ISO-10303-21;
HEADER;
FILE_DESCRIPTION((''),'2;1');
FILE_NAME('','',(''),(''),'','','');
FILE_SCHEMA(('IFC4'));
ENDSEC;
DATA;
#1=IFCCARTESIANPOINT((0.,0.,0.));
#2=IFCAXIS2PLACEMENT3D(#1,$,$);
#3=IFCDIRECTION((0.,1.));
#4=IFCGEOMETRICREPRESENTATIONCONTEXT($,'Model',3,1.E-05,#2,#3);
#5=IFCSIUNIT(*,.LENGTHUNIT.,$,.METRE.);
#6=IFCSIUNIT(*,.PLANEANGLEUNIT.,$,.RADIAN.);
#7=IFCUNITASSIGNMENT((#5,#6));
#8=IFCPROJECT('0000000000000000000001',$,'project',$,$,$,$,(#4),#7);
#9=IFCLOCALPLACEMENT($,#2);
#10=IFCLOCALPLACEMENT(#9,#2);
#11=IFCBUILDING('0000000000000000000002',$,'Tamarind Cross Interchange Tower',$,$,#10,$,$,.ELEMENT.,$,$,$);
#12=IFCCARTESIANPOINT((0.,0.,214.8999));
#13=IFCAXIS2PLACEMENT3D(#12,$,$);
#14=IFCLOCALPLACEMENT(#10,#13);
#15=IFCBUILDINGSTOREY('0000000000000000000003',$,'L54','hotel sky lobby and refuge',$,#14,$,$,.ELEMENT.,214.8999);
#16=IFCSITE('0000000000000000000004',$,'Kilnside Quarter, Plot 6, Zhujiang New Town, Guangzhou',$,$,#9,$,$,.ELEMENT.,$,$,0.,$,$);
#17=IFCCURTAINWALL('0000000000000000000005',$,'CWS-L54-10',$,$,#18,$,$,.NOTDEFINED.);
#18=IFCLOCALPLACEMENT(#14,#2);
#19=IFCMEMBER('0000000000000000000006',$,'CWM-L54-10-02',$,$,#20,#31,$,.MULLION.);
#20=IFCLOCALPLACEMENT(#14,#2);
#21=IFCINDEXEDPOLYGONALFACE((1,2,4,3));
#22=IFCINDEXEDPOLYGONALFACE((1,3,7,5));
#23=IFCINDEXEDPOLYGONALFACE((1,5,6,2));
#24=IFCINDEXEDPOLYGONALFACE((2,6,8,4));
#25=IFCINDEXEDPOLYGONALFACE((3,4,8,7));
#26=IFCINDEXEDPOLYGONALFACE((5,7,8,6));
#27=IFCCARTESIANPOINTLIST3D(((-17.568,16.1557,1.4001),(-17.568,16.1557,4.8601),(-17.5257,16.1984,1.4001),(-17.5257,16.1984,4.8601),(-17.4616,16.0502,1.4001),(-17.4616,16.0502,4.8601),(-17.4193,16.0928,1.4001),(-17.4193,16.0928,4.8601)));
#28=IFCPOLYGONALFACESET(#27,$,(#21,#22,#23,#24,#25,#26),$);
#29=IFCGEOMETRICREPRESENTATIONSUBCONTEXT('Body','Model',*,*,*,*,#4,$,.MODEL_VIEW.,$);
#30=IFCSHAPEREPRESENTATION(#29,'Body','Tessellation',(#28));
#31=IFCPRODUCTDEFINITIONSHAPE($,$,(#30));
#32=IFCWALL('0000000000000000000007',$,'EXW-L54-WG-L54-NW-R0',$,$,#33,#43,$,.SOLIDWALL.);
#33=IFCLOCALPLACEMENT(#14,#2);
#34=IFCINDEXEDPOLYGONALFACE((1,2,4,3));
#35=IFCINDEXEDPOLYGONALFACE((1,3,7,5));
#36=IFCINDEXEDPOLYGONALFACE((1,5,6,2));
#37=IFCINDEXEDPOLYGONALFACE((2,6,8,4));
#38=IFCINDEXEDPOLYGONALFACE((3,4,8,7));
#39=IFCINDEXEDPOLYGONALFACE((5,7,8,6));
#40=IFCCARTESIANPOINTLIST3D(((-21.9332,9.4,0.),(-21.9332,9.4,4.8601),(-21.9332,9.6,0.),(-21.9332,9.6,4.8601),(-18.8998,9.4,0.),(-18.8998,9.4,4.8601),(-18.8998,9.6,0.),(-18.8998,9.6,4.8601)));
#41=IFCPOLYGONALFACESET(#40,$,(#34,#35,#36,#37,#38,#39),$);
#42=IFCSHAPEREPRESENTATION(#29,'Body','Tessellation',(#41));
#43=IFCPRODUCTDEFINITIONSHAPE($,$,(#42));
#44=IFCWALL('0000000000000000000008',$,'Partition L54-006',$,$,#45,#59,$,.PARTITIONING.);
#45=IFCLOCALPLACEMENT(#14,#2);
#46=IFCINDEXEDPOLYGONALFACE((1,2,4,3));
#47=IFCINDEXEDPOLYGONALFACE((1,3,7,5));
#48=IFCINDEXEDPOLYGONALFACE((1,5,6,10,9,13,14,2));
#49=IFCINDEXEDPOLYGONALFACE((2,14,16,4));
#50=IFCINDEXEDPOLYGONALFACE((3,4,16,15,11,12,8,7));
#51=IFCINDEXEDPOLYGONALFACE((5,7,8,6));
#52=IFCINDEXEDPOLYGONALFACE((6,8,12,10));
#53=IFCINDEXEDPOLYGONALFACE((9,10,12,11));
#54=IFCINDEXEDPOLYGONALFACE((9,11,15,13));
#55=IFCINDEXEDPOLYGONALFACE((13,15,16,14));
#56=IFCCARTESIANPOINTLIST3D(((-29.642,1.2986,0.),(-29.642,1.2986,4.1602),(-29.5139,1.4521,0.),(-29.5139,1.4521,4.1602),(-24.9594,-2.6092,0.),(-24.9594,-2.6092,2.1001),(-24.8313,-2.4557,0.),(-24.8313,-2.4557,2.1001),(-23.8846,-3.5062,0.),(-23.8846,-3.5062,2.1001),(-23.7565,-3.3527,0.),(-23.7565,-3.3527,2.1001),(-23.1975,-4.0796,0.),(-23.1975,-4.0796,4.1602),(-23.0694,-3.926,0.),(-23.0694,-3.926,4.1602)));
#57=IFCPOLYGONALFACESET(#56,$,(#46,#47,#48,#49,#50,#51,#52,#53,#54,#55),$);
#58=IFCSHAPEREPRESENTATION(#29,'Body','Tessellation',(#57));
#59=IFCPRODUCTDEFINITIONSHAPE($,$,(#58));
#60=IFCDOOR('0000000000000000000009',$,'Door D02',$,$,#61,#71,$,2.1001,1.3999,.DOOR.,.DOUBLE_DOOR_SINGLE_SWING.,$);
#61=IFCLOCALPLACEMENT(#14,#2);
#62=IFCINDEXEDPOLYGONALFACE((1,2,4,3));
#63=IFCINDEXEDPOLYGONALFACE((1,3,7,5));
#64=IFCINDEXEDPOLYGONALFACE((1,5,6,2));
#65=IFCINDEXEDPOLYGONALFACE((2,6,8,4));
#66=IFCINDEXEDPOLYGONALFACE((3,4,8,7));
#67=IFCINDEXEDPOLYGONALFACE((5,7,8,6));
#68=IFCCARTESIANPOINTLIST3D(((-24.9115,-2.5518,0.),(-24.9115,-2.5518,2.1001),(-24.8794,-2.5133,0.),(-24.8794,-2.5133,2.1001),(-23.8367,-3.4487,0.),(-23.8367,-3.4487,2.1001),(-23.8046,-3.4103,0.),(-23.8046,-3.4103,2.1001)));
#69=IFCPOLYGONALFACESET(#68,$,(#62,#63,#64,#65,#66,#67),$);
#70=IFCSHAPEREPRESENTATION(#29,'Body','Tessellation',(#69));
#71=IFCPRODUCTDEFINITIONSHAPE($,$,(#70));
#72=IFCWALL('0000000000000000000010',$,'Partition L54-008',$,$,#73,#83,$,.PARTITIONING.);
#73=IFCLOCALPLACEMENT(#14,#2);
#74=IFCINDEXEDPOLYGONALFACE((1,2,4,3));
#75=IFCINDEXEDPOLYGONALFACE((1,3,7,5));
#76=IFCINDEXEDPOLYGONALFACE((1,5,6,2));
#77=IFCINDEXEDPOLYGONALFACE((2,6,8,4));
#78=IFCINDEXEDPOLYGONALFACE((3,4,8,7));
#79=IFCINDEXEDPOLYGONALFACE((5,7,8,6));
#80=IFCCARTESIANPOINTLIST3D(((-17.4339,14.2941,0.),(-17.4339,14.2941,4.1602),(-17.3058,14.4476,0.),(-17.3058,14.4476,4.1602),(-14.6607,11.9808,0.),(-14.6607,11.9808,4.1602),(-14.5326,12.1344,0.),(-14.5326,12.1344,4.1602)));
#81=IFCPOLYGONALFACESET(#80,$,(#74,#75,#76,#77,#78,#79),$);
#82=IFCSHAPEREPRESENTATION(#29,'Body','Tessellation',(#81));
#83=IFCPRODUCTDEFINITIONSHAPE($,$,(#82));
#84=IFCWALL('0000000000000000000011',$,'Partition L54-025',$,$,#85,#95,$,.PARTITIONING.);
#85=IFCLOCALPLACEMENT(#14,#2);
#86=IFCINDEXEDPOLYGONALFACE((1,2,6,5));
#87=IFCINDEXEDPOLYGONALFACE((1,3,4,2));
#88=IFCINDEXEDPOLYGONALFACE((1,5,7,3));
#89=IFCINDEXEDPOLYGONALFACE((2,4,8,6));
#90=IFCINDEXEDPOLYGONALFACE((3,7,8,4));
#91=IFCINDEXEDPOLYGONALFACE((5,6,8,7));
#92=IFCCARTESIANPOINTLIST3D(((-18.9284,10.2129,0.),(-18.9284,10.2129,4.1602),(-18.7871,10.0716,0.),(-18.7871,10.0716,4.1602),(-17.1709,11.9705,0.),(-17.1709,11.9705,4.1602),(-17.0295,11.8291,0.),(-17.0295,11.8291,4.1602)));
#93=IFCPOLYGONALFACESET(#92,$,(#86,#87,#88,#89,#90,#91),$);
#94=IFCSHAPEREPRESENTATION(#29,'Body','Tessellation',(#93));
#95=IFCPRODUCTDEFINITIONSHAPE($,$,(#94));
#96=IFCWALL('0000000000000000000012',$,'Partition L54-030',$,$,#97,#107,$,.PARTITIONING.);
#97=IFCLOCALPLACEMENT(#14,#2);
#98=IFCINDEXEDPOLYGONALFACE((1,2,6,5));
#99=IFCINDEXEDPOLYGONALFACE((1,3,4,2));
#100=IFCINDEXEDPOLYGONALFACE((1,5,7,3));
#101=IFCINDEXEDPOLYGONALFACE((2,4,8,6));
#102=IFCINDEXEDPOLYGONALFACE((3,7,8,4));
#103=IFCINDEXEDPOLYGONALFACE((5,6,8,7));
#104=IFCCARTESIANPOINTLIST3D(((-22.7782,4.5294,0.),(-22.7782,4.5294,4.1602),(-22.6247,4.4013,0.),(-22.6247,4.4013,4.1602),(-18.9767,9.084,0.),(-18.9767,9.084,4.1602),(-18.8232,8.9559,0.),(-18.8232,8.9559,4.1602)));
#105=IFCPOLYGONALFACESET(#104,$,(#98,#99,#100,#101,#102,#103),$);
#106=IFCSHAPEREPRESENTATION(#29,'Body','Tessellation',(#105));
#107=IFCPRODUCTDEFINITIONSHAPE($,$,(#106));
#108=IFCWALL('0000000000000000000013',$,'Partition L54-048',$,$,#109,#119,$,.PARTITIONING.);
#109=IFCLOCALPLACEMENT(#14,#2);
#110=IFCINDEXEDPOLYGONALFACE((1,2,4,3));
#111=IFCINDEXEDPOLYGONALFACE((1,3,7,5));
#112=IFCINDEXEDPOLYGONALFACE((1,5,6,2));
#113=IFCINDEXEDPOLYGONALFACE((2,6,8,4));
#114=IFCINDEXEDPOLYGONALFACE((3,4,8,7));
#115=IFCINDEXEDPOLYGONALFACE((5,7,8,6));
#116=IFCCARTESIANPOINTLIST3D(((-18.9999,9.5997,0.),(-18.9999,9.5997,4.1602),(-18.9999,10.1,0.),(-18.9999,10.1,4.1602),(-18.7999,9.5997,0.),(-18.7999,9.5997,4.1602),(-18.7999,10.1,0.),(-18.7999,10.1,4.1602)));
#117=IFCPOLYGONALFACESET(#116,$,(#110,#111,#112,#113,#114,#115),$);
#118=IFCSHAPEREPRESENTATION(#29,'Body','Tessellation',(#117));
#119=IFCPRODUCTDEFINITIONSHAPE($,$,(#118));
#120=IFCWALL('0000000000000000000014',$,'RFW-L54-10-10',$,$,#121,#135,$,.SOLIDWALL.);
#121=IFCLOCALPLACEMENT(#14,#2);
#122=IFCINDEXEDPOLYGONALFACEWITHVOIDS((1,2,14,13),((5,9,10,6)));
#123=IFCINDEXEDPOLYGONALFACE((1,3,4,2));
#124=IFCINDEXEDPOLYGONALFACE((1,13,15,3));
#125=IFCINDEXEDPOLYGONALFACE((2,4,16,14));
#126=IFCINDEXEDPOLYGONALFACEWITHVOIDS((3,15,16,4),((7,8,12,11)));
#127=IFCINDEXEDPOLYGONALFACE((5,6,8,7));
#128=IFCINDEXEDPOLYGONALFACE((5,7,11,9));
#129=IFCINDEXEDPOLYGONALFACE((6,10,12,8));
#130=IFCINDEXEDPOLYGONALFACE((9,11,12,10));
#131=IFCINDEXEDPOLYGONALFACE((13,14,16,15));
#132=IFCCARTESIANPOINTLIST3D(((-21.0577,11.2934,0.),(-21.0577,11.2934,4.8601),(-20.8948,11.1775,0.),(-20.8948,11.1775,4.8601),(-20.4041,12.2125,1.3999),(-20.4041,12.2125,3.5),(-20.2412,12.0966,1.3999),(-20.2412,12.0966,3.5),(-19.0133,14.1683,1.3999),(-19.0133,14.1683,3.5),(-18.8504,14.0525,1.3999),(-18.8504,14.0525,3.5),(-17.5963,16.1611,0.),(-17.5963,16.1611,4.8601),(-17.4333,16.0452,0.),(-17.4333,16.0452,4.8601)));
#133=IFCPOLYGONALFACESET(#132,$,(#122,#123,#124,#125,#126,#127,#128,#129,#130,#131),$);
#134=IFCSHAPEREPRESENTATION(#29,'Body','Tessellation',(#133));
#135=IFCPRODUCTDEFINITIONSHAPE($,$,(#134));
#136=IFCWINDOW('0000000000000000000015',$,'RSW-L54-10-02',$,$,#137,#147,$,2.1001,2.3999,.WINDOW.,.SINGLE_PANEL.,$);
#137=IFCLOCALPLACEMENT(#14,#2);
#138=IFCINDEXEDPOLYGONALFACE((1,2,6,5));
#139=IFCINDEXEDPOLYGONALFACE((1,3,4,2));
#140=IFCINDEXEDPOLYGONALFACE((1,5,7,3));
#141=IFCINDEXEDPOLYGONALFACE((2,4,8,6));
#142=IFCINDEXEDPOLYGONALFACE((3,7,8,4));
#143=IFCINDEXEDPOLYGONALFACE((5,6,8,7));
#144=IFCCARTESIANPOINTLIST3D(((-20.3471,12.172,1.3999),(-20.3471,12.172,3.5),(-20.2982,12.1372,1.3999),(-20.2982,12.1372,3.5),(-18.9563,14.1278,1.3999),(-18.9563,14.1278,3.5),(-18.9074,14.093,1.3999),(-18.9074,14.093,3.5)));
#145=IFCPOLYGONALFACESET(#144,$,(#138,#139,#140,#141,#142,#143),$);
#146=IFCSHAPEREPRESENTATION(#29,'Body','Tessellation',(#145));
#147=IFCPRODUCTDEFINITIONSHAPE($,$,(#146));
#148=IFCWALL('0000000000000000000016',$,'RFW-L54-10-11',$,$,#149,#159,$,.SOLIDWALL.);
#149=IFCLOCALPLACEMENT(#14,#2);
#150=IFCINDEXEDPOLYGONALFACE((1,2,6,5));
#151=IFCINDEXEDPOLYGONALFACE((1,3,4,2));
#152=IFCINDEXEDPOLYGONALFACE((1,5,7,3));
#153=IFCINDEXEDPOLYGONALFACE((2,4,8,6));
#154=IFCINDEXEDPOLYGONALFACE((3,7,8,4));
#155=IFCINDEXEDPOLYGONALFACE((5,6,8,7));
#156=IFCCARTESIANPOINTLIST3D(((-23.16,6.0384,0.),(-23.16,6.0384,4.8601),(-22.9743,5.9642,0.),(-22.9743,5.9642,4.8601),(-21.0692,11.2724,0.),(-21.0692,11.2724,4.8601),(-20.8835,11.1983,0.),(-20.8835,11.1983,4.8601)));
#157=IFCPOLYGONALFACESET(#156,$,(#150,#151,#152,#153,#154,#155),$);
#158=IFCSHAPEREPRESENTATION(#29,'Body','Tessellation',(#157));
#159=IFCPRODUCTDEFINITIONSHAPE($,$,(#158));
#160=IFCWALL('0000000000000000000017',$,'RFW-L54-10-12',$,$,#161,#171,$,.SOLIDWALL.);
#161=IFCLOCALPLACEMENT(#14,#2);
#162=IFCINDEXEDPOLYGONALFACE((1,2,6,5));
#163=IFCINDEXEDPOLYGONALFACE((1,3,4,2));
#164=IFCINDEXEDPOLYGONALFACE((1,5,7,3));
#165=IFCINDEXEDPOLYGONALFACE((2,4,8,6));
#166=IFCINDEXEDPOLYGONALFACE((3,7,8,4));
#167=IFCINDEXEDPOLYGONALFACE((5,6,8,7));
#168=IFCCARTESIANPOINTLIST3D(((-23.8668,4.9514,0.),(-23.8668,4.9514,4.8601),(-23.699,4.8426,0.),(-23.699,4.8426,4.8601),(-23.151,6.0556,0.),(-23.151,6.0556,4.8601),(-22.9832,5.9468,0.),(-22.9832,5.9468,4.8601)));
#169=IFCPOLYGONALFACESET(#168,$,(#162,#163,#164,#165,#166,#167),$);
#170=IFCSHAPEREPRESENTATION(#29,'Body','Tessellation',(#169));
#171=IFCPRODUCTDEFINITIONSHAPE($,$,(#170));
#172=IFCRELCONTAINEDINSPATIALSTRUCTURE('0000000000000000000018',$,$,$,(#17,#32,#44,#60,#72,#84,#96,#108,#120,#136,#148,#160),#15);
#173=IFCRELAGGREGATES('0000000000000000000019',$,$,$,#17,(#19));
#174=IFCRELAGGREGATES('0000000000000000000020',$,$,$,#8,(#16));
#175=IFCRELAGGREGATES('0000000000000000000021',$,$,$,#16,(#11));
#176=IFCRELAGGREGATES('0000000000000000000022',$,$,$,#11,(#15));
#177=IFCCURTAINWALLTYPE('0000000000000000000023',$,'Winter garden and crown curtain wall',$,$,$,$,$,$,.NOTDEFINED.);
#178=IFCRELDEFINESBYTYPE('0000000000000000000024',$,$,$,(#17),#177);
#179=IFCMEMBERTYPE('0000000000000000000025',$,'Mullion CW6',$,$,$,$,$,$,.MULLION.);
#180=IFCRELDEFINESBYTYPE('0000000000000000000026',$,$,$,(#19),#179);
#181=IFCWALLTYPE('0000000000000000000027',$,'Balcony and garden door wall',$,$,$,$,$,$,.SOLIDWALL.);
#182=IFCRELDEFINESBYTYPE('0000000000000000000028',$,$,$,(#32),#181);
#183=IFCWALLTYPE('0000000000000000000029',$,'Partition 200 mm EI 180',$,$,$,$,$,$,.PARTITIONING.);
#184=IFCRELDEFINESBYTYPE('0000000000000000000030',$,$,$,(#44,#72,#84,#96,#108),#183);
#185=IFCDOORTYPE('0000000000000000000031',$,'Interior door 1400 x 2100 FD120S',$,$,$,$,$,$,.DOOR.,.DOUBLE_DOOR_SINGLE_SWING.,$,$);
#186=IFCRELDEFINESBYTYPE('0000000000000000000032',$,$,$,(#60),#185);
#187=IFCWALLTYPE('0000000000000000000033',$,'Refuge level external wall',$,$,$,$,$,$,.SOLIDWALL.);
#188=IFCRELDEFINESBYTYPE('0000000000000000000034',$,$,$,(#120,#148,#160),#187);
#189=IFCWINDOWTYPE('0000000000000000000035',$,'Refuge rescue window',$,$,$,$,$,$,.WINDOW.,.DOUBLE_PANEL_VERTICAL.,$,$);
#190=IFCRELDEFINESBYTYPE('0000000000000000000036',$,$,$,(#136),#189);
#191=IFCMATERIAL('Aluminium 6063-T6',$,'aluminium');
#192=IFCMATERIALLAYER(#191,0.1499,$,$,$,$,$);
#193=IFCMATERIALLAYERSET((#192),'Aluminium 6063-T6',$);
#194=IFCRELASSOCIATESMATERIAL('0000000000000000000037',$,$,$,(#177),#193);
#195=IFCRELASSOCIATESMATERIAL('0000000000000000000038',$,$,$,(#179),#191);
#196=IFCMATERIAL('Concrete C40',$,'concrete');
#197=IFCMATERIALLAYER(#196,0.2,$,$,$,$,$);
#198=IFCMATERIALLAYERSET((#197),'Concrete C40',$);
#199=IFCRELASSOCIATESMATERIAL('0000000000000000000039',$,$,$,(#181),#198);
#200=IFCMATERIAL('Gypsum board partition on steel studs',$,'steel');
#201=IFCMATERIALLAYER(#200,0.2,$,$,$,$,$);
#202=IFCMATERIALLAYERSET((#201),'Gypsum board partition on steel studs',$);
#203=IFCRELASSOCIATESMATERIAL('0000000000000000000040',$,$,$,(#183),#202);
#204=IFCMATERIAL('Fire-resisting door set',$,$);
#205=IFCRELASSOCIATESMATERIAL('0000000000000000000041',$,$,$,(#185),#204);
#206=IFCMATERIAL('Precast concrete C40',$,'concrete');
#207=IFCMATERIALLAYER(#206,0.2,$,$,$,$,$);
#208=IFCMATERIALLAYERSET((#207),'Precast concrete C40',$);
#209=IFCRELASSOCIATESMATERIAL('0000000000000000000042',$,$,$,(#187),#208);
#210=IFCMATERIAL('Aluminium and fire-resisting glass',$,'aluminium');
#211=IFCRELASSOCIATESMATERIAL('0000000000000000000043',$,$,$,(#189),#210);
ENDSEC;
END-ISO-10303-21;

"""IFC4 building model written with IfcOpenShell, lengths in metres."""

from ifc_helpers import new_model, si_unit, direction, frame, frame_2d, origin, origin_2d, place, context, subcontext, project, spatial, rectangle, extrude, material, layer, layer_set, material_profile, profile_set, type_object, element, fill, aggregate, save


model = new_model("IFC4")

# Units and contexts
model_context = context("Model", 3, precision=1e-05, world=origin(), true_north=direction((0.0, 1.0)))
body_context = subcontext(model_context, "Body", "Model", "MODEL_VIEW")
ifc_project = project(units=[si_unit("LENGTHUNIT", "METRE"), si_unit("PLANEANGLEUNIT", "RADIAN")], contexts=[model_context])

# Site, building, storey
site_placement = place(None, origin())
site = spatial("IfcSite", under=ifc_project, at=site_placement, Name="Kilnside Quarter, Plot 6, Zhujiang New Town, Guangzhou", CompositionType="ELEMENT", RefElevation=0.0)
building_placement = place(site_placement, origin())
building = spatial("IfcBuilding", under=site, at=building_placement, Name="Tamarind Cross Interchange Tower", CompositionType="ELEMENT")
storey_placement = place(building_placement, frame((0.0, 0.0, 214.8999)))
storey = spatial("IfcBuildingStorey", under=building, at=storey_placement, Name="L54", Description="hotel sky lobby and refuge", CompositionType="ELEMENT", Elevation=214.8999)

# Curtain wall, member
ifc_material_1 = material(Name="Aluminium 6063-T6", Category="aluminium")
ifc_layer_1 = layer(ifc_material_1, 0.1499)
ifc_layer_set_1 = layer_set([ifc_layer_1], Name="Aluminium 6063-T6")
curtain_wall_type = type_object("IfcCurtainWallType", Name="Winter garden and crown curtain wall", PredefinedType="NOTDEFINED", material=ifc_layer_set_1)
curtain_wall_placement = place(storey_placement, origin())
curtain_wall = element("IfcCurtainWall", 1, at=curtain_wall_placement, inside=storey, type_object=curtain_wall_type, Name="CWS-L54-10", PredefinedType="NOTDEFINED")
ifc_material_profile_1 = material_profile(ifc_material_1, rectangle(XDim=0.0601, YDim=0.1499, at=origin_2d()), Name="Mullion CW6")
ifc_profile_set_1 = profile_set([ifc_material_profile_1], Name="Aluminium 6063-T6")
member_type = type_object("IfcMemberType", Name="Mullion CW6", PredefinedType="MULLION", material=ifc_profile_set_1)
member_placement = place(storey_placement, frame((-17.4937, 16.1243, 1.4001), z_axis=(0.0, 0.0, 1.0), x_axis=(-0.704057, -0.710143, 0.0)))
member = element("IfcMember", 2, at=member_placement, type_object=member_type, Name="CWM-L54-10-02", PredefinedType="MULLION", context=body_context, shape_type="SweptSolid", body=[
    extrude(rectangle(XDim=0.0601, YDim=0.1499, at=origin_2d()), origin(), (0.0, 0.0, 1.0), 3.46),
])
aggregate(curtain_wall, [member])

# Shared definitions
ifc_material_2 = material(Name="Concrete C40", Category="concrete")
ifc_layer_2 = layer(ifc_material_2, 0.2)
ifc_layer_set_2 = layer_set([ifc_layer_2], Name="Concrete C40")
wall_type_1 = type_object("IfcWallType", Name="Balcony and garden door wall", PredefinedType="SOLIDWALL", material=ifc_layer_set_2)

# Wall
wall_1_placement = place(storey_placement, frame((-18.8999, 9.5, 0.0), z_axis=(0.0, 0.0, 1.0), x_axis=(-1.0, 0.0, 0.0)))
element("IfcWall", 3, at=wall_1_placement, inside=storey, type_object=wall_type_1, Name="EXW-L54-WG-L54-NW-R0", PredefinedType="SOLIDWALL", context=body_context, shape_type="SweptSolid", body=[
    extrude(rectangle(XDim=3.0334, YDim=0.2, at=frame_2d((1.5166, 0.0))), origin(), (0.0, 0.0, 1.0), 4.8601),
])

# Wall, opening, door
ifc_material_3 = material(Name="Gypsum board partition on steel studs", Category="steel")
ifc_layer_3 = layer(ifc_material_3, 0.2)
ifc_layer_set_3 = layer_set([ifc_layer_3], Name="Gypsum board partition on steel studs")
wall_type_2 = type_object("IfcWallType", Name="Partition 200 mm EI 180", PredefinedType="PARTITIONING", material=ifc_layer_set_3)
wall_2_placement = place(storey_placement, frame((-29.5779, 1.3752, 0.0), z_axis=(0.0, 0.0, 1.0), x_axis=(0.767771, -0.640725, 0.0)))
wall_2 = element("IfcWall", 4, at=wall_2_placement, inside=storey, type_object=wall_type_2, Name="Partition L54-006", PredefinedType="PARTITIONING", context=body_context, shape_type="SweptSolid", body=[
    extrude(rectangle(XDim=8.3938, YDim=0.2, at=frame_2d((4.1968, 0.0))), origin(), (0.0, 0.0, 1.0), 4.1602),
])
opening_1_placement = place(wall_2_placement, frame((6.0989, 0.0, 0.0)))
opening_1 = element("IfcOpeningElement", 5, at=opening_1_placement, cuts=wall_2, PredefinedType="OPENING", context=body_context, shape_type="SweptSolid", body=[
    extrude(rectangle(XDim=1.3999, YDim=2.1001, at=frame_2d((0.7, 1.05))), frame((0.0, 0.1099, 0.0), z_axis=(0.0, -1.0, 0.0), x_axis=(1.0, 0.0, 0.0)), (0.0, 0.0, 1.0), 0.22),
])
ifc_material_4 = material(Name="Fire-resisting door set")
door_type_1 = type_object("IfcDoorType", Name="Interior door 1400 x 2100 FD120S", OperationType="DOUBLE_DOOR_SINGLE_SWING", PredefinedType="DOOR", material=ifc_material_4)
door_1_placement = place(opening_1_placement, origin())
door_1 = element("IfcDoor", 6, at=door_1_placement, inside=storey, type_object=door_type_1, Name="Door D02", OperationType="DOUBLE_DOOR_SINGLE_SWING", OverallHeight=2.1001, OverallWidth=1.3999, PredefinedType="DOOR", context=body_context, shape_type="SweptSolid", body=[
    extrude(rectangle(XDim=1.3999, YDim=2.1001, at=frame_2d((0.7, 1.05))), frame((0.0, 0.0249, 0.0), z_axis=(0.0, -1.0, 0.0), x_axis=(1.0, 0.0, 0.0)), (0.0, 0.0, 1.0), 0.05),
])
fill(opening_1, door_1)

# Walls
wall_3_placement = place(storey_placement, frame((-17.3699, 14.3708, 0.0), z_axis=(0.0, 0.0, 1.0), x_axis=(0.767916, -0.64055, 0.0)))
element("IfcWall", 7, at=wall_3_placement, inside=storey, type_object=wall_type_2, Name="Partition L54-008", PredefinedType="PARTITIONING", context=body_context, shape_type="SweptSolid", body=[
    extrude(rectangle(XDim=3.6113, YDim=0.2, at=frame_2d((1.8057, 0.0))), origin(), (0.0, 0.0, 1.0), 4.1602),
])
wall_4_placement = place(storey_placement, frame((-18.8577, 10.1423, 0.0), z_axis=(0.0, 0.0, 1.0), x_axis=(0.707107, 0.707107, 0.0)))
element("IfcWall", 8, at=wall_4_placement, inside=storey, type_object=wall_type_2, Name="Partition L54-025", PredefinedType="PARTITIONING", context=body_context, shape_type="SweptSolid", body=[
    extrude(rectangle(XDim=2.4856, YDim=0.2, at=frame_2d((1.2427, 0.0))), origin(), (0.0, 0.0, 1.0), 4.1602),
])
wall_5_placement = place(storey_placement, frame((-22.7014, 4.4653, 0.0), z_axis=(0.0, 0.0, 1.0), x_axis=(0.640775, 0.767729, 0.0)))
element("IfcWall", 9, at=wall_5_placement, inside=storey, type_object=wall_type_2, Name="Partition L54-030", PredefinedType="PARTITIONING", context=body_context, shape_type="SweptSolid", body=[
    extrude(rectangle(XDim=5.9326, YDim=0.2, at=frame_2d((2.9663, 0.0))), origin(), (0.0, 0.0, 1.0), 4.1602),
])
wall_6_placement = place(storey_placement, frame((-18.8999, 9.5999, 0.0), z_axis=(0.0, 0.0, 1.0), x_axis=(0.0, 1.0, 0.0)))
element("IfcWall", 10, at=wall_6_placement, inside=storey, type_object=wall_type_2, Name="Partition L54-048", PredefinedType="PARTITIONING", context=body_context, shape_type="SweptSolid", body=[
    extrude(rectangle(XDim=0.5002, YDim=0.2, at=frame_2d((0.25, 0.0))), origin(), (0.0, 0.0, 1.0), 4.1602),
])

# Wall, opening, window
ifc_material_5 = material(Name="Precast concrete C40", Category="concrete")
ifc_layer_4 = layer(ifc_material_5, 0.2)
ifc_layer_set_4 = layer_set([ifc_layer_4], Name="Precast concrete C40")
wall_type_3 = type_object("IfcWallType", Name="Refuge level external wall", PredefinedType="SOLIDWALL", material=ifc_layer_set_4)
wall_7_placement = place(storey_placement, frame((-17.5149, 16.103, 0.0), z_axis=(0.0, 0.0, 1.0), x_axis=(-0.57952, -0.814958, 0.0)))
wall_7 = element("IfcWall", 11, at=wall_7_placement, inside=storey, type_object=wall_type_3, Name="RFW-L54-10-10", PredefinedType="SOLIDWALL", context=body_context, shape_type="SweptSolid", body=[
    extrude(rectangle(XDim=5.9729, YDim=0.2, at=frame_2d((2.9863, 0.0))), origin(), (0.0, 0.0, 1.0), 4.8601),
])
opening_2_placement = place(wall_7_placement, frame((2.4451, 0.0, 1.3999)))
opening_2 = element("IfcOpeningElement", 12, at=opening_2_placement, cuts=wall_7, PredefinedType="OPENING", context=body_context, shape_type="SweptSolid", body=[
    extrude(rectangle(XDim=2.3999, YDim=2.1001, at=frame_2d((1.2, 1.05))), frame((0.0, 0.1099, 0.0), z_axis=(0.0, -1.0, 0.0), x_axis=(1.0, 0.0, 0.0)), (0.0, 0.0, 1.0), 0.22),
])
ifc_material_6 = material(Name="Aluminium and fire-resisting glass", Category="aluminium")
window_type = type_object("IfcWindowType", Name="Refuge rescue window", PartitioningType="DOUBLE_PANEL_VERTICAL", PredefinedType="WINDOW", material=ifc_material_6)
window_placement = place(opening_2_placement, origin())
window = element("IfcWindow", 13, at=window_placement, inside=storey, type_object=window_type, Name="RSW-L54-10-02", OverallHeight=2.1001, OverallWidth=2.3999, PartitioningType="SINGLE_PANEL", PredefinedType="WINDOW", context=body_context, shape_type="SweptSolid", body=[
    extrude(rectangle(XDim=2.3999, YDim=2.1001, at=frame_2d((1.2, 1.05))), frame((0.0, 0.03, 0.0), z_axis=(0.0, -1.0, 0.0), x_axis=(1.0, 0.0, 0.0)), (0.0, 0.0, 1.0), 0.0601),
])
fill(opening_2, window)

# Walls
wall_8_placement = place(storey_placement, frame((-20.9763, 11.2354, 0.0), z_axis=(0.0, 0.0, 1.0), x_axis=(-0.370957, -0.92865, 0.0)))
element("IfcWall", 14, at=wall_8_placement, inside=storey, type_object=wall_type_3, Name="RFW-L54-10-11", PredefinedType="SOLIDWALL", context=body_context, shape_type="SweptSolid", body=[
    extrude(rectangle(XDim=5.6362, YDim=0.2, at=frame_2d((2.8181, 0.0))), origin(), (0.0, 0.0, 1.0), 4.8601),
])
wall_9_placement = place(storey_placement, frame((-23.0671, 6.0012, 0.0), z_axis=(0.0, 0.0, 1.0), x_axis=(-0.543951, -0.839117, 0.0)))
element("IfcWall", 15, at=wall_9_placement, inside=storey, type_object=wall_type_3, Name="RFW-L54-10-12", PredefinedType="SOLIDWALL", context=body_context, shape_type="SweptSolid", body=[
    extrude(rectangle(XDim=1.3159, YDim=0.2, at=frame_2d((0.658, 0.0))), origin(), (0.0, 0.0, 1.0), 4.8601),
])

save(model, "model.ifc")
